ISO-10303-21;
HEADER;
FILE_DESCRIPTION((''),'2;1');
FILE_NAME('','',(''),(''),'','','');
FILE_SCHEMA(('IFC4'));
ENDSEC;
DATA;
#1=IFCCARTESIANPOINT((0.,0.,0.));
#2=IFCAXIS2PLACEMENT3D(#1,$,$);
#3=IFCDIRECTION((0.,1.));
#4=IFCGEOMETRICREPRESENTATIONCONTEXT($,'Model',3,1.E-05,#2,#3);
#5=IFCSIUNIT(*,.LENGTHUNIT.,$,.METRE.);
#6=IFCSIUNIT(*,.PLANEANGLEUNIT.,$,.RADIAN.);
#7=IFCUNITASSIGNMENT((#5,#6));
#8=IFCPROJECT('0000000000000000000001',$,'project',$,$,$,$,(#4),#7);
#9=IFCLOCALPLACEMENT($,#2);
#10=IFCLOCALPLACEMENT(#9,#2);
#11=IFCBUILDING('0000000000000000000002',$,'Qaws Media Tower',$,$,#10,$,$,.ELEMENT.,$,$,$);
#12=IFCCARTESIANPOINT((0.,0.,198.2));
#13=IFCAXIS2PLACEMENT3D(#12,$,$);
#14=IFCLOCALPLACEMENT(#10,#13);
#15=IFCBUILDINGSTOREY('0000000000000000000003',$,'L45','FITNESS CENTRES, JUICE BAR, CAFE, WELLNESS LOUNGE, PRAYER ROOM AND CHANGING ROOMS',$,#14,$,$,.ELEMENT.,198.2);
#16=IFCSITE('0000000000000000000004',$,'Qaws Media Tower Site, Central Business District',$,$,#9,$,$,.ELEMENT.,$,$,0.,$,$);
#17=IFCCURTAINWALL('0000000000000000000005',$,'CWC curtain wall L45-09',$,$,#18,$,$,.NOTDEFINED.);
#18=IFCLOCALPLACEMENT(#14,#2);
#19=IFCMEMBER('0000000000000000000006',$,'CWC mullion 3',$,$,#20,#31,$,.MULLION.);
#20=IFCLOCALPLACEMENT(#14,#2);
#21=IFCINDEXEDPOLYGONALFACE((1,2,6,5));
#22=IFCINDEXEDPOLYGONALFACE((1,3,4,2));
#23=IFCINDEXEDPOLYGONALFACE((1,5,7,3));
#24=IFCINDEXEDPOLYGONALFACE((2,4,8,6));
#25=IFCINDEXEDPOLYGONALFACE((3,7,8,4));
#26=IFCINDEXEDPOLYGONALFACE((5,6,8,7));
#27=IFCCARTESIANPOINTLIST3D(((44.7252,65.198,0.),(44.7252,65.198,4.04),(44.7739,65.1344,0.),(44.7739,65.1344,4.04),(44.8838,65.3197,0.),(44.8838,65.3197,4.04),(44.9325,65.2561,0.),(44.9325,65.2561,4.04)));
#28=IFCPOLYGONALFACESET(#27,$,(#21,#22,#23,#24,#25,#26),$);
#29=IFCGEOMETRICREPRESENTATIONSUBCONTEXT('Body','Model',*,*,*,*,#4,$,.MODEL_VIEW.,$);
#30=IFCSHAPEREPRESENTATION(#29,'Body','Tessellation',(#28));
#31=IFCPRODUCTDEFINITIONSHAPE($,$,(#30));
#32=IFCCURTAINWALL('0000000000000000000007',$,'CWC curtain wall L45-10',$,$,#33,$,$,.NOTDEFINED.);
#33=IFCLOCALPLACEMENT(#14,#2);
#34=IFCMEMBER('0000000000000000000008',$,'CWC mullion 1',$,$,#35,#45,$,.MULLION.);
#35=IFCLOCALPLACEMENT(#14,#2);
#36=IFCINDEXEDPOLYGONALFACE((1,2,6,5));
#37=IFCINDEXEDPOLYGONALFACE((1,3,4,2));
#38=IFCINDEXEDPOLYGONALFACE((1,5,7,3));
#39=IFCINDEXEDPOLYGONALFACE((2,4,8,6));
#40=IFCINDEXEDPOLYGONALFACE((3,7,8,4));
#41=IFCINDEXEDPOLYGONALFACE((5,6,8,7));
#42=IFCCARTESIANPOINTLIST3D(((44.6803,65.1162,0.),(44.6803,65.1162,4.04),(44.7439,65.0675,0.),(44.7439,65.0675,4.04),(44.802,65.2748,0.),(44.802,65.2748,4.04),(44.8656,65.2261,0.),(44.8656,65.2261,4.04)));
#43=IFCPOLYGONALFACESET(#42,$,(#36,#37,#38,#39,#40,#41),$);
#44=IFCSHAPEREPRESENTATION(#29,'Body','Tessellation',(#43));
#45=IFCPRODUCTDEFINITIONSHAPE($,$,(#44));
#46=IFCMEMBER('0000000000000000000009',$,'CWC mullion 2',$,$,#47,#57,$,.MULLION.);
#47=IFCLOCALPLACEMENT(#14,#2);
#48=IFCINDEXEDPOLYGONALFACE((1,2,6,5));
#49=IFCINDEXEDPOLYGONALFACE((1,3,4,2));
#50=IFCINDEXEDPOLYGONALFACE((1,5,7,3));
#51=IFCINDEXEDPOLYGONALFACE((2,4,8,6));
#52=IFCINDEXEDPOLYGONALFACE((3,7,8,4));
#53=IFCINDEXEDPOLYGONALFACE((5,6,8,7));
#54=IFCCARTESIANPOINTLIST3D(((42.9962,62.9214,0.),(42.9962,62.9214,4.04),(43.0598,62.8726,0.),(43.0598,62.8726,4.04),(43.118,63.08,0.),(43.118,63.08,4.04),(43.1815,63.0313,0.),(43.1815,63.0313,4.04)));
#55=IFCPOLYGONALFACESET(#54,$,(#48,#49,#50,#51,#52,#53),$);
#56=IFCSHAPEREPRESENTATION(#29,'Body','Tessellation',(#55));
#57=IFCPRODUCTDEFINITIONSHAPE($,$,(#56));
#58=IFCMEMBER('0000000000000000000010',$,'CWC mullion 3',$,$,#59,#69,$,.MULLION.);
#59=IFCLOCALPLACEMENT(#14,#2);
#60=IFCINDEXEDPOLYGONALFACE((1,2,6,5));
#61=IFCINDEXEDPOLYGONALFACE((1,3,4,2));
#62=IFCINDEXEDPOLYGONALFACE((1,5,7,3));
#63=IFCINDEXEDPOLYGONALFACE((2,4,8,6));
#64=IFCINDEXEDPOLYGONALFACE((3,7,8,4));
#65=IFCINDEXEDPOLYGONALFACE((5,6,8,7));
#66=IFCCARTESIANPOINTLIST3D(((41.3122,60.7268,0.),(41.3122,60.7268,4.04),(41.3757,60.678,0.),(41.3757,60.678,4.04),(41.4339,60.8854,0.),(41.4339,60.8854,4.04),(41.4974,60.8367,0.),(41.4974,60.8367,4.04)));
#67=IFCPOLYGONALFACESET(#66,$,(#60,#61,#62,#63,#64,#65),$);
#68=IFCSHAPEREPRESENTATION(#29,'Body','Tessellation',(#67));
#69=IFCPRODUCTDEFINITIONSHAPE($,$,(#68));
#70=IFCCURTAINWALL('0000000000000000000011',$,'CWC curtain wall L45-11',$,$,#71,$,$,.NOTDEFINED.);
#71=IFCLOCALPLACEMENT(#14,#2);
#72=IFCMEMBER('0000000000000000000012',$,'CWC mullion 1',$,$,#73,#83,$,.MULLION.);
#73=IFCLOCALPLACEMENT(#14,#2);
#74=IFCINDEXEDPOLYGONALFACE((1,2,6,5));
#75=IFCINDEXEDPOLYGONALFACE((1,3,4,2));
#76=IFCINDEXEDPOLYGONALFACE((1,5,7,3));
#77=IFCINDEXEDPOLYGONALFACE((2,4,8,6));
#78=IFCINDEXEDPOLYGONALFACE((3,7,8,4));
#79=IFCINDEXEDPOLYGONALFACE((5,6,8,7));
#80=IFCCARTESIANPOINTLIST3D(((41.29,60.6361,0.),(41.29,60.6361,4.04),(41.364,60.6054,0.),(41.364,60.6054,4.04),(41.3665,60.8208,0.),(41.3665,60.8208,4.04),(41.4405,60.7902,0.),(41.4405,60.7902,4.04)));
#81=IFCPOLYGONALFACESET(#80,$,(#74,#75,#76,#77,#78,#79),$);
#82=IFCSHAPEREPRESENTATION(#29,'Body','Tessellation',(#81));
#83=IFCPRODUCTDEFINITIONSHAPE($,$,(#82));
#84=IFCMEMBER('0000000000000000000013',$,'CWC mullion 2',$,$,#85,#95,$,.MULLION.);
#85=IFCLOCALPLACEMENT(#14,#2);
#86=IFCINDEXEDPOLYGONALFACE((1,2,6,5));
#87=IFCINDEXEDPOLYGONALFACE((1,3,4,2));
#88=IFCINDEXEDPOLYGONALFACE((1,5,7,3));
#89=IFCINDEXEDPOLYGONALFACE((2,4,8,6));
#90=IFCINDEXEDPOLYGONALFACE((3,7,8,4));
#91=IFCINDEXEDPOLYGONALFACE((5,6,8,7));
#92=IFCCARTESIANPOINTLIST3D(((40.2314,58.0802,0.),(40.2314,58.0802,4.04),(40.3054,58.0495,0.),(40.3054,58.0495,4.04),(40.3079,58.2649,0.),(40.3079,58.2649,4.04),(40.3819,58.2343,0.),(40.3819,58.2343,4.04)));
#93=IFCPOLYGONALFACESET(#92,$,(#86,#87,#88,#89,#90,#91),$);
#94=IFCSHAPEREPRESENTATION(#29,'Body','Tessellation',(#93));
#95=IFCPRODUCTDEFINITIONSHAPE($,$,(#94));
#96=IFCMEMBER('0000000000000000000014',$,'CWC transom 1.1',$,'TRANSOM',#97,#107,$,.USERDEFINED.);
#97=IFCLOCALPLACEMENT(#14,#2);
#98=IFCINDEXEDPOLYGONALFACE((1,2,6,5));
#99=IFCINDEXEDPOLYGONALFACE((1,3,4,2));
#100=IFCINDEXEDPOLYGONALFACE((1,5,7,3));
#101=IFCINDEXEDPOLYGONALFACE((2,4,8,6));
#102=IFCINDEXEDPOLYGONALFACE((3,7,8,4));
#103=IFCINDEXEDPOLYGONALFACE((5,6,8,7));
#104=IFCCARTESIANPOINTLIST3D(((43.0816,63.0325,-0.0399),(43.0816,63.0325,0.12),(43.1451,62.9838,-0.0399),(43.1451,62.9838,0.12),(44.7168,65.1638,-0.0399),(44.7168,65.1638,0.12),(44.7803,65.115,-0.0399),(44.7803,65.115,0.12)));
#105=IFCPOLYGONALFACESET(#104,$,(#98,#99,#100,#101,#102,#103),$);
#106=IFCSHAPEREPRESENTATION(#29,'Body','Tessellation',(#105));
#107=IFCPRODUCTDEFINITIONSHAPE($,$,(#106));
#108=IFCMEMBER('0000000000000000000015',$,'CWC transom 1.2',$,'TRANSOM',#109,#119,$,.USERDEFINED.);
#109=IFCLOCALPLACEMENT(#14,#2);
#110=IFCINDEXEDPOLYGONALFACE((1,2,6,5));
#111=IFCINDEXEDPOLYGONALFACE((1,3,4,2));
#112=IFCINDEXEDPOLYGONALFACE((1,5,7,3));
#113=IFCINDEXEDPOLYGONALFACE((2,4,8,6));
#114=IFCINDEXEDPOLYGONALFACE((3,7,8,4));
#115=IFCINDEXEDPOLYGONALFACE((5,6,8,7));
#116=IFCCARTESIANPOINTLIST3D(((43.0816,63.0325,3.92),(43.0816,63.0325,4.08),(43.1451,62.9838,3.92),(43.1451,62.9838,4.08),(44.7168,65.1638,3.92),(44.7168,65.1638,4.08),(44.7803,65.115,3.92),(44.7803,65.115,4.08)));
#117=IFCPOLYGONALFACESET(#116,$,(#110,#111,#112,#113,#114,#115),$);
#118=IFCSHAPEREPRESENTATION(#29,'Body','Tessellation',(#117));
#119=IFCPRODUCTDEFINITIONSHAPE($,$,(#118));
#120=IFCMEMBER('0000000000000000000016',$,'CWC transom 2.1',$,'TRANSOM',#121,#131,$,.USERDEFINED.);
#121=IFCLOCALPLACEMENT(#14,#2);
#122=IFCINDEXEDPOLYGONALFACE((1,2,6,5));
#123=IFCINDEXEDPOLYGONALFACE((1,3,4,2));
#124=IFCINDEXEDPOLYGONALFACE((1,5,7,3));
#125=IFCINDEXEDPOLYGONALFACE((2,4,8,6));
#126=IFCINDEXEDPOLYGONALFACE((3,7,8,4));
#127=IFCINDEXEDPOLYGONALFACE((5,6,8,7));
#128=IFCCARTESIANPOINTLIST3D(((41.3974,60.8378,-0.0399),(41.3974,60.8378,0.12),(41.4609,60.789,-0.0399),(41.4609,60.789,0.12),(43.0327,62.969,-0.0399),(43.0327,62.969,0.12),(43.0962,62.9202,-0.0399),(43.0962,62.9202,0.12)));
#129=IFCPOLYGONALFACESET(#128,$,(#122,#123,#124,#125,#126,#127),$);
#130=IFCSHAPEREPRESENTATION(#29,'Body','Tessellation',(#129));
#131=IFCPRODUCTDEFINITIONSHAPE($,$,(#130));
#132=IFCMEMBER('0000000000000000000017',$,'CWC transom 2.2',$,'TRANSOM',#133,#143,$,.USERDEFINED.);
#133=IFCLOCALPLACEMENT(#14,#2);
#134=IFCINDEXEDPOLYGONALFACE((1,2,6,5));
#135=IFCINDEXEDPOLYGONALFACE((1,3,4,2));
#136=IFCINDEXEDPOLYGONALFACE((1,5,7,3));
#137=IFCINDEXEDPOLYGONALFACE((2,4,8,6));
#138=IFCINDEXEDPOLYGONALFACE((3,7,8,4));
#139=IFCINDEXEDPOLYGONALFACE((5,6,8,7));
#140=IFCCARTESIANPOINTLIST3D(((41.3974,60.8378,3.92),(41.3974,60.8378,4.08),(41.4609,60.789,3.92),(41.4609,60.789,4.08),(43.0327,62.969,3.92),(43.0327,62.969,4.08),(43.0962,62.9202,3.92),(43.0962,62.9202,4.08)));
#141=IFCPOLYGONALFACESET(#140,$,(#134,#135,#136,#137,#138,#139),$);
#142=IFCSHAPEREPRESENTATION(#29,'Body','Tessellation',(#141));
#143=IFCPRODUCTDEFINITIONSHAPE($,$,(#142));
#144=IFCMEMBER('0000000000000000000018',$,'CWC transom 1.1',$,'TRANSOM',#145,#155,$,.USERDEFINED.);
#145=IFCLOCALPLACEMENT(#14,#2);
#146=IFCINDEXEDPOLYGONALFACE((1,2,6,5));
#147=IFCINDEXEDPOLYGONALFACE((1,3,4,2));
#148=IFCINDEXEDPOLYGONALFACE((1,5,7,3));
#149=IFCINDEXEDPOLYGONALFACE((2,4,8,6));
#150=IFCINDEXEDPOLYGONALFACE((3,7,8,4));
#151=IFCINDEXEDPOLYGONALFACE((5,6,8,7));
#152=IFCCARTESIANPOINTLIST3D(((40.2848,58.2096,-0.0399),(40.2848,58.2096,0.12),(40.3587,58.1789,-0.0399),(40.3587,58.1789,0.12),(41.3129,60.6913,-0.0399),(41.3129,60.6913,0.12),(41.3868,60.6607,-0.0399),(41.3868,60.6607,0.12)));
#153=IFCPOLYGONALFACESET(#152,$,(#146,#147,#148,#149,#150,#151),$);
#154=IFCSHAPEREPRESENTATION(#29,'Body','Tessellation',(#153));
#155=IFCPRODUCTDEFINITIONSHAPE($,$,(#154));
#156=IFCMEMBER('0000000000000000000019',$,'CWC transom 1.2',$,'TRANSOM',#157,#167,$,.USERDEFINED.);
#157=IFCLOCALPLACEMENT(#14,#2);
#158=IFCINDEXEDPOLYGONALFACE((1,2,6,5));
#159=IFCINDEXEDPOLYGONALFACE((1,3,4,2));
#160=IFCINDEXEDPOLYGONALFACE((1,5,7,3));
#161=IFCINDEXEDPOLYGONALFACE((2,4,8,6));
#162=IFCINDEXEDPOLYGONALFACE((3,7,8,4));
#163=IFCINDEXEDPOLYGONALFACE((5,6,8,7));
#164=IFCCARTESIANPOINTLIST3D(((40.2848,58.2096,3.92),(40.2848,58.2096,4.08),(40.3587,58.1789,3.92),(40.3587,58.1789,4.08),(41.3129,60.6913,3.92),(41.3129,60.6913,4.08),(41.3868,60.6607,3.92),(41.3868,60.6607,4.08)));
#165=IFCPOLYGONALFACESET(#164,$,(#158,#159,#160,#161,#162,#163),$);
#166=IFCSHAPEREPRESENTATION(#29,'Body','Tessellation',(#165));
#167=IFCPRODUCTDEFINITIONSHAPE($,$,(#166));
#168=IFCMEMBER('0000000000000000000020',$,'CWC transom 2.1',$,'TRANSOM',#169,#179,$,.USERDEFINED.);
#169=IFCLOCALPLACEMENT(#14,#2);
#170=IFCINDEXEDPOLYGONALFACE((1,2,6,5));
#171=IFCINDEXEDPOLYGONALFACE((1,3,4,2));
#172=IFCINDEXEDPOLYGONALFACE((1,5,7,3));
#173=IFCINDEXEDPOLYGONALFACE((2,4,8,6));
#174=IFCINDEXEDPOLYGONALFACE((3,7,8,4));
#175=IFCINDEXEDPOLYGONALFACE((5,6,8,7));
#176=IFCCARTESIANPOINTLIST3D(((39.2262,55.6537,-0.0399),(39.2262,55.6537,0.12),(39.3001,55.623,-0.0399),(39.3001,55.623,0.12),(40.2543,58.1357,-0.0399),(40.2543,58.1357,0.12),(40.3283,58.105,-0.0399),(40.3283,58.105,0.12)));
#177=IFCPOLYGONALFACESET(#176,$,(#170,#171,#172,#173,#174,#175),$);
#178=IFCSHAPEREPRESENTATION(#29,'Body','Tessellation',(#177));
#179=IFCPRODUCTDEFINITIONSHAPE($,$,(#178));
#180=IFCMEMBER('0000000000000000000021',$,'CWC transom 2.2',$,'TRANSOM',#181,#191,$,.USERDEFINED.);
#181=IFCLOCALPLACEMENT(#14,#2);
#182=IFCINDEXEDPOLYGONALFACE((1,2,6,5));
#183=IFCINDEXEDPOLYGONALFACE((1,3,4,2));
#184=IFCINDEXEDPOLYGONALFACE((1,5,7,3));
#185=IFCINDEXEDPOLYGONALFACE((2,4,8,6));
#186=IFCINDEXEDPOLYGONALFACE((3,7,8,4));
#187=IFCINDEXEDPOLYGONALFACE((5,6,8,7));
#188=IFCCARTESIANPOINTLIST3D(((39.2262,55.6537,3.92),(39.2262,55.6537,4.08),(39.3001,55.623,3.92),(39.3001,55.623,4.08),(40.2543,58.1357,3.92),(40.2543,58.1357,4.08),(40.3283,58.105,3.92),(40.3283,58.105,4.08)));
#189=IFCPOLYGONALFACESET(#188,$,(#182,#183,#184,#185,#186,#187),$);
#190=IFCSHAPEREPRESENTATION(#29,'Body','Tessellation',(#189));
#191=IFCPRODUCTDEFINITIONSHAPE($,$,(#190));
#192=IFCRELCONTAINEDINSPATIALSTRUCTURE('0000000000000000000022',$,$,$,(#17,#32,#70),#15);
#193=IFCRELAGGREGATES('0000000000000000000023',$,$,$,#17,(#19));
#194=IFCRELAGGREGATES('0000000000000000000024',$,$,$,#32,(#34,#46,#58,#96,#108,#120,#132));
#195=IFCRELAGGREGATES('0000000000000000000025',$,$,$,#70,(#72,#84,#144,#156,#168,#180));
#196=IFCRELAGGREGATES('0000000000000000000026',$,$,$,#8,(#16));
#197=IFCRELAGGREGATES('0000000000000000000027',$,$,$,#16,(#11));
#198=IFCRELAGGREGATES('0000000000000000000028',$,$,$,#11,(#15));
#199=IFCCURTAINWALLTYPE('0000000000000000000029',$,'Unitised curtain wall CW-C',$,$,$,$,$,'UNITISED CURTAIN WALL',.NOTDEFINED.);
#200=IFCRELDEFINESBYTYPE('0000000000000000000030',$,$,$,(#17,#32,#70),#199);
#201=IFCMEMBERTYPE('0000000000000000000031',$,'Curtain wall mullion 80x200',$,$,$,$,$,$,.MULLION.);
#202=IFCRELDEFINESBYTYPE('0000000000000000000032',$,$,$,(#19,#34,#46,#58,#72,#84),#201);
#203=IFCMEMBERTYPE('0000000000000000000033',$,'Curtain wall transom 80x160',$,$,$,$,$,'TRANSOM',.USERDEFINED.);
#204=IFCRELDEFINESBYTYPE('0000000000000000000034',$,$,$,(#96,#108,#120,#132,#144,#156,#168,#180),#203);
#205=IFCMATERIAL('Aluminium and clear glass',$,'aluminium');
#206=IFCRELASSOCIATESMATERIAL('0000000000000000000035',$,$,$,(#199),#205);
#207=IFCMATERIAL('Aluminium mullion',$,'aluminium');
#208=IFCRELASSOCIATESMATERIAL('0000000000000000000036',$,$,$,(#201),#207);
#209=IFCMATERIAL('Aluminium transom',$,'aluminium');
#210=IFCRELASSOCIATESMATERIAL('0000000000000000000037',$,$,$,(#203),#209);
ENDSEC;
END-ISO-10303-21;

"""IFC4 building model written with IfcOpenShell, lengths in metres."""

from ifc_helpers import new_model, si_unit, direction, frame, origin, origin_2d, place, context, subcontext, project, spatial, rectangle, extrude, material, material_profile, profile_set, type_object, element, aggregate, save


model = new_model("IFC4")

# Units and contexts
model_context = context("Model", 3, precision=1e-05, world=origin(), true_north=direction((0.0, 1.0)))
body_context = subcontext(model_context, "Body", "Model", "MODEL_VIEW")
ifc_project = project(units=[si_unit("LENGTHUNIT", "METRE"), si_unit("PLANEANGLEUNIT", "RADIAN")], contexts=[model_context])

# Site, building, storey
site_placement = place(None, origin())
site = spatial("IfcSite", under=ifc_project, at=site_placement, Name="Qaws Media Tower Site, Central Business District", CompositionType="ELEMENT", RefElevation=0.0)
building_placement = place(site_placement, origin())
building = spatial("IfcBuilding", under=site, at=building_placement, Name="Qaws Media Tower", CompositionType="ELEMENT")
storey_placement = place(building_placement, frame((0.0, 0.0, 198.2)))
storey = spatial("IfcBuildingStorey", under=building, at=storey_placement, Name="L45", Description="FITNESS CENTRES, JUICE BAR, CAFE, WELLNESS LOUNGE, PRAYER ROOM AND CHANGING ROOMS", CompositionType="ELEMENT", Elevation=198.2)

# Curtain wall, member
ifc_material_1 = material(Name="Aluminium and clear glass", Category="aluminium")
curtain_wall_type = type_object("IfcCurtainWallType", Name="Unitised curtain wall CW-C", ElementType="UNITISED CURTAIN WALL", PredefinedType="NOTDEFINED", material=ifc_material_1)
curtain_wall_1_placement = place(storey_placement, origin())
curtain_wall_1 = element("IfcCurtainWall", 1, at=curtain_wall_1_placement, inside=storey, type_object=curtain_wall_type, Name="CWC curtain wall L45-09", PredefinedType="NOTDEFINED")
ifc_material_2 = material(Name="Aluminium mullion", Category="aluminium")
ifc_material_profile_1 = material_profile(ifc_material_2, rectangle(XDim=0.0801, YDim=0.2, at=origin_2d()), Name="80x200")
ifc_profile_set_1 = profile_set([ifc_material_profile_1], Name="Aluminium mullion")
member_type_1 = type_object("IfcMemberType", Name="Curtain wall mullion 80x200", PredefinedType="MULLION", material=ifc_profile_set_1)
member_1_placement = place(storey_placement, frame((44.8289, 65.2271, 0.0), z_axis=(0.0, 0.0, 1.0), x_axis=(0.608761, -0.793353, 0.0)))
member_1 = element("IfcMember", 2, at=member_1_placement, type_object=member_type_1, Name="CWC mullion 3", PredefinedType="MULLION", context=body_context, shape_type="SweptSolid", body=[
    extrude(rectangle(XDim=0.0801, YDim=0.2, at=origin_2d()), origin(), (0.0, 0.0, 1.0), 4.04),
])
aggregate(curtain_wall_1, [member_1])

# Curtain walls, members
curtain_wall_2_placement = place(storey_placement, origin())
curtain_wall_2 = element("IfcCurtainWall", 3, at=curtain_wall_2_placement, inside=storey, type_object=curtain_wall_type, Name="CWC curtain wall L45-10", PredefinedType="NOTDEFINED")
member_2_placement = place(storey_placement, frame((44.7729, 65.1711, 0.0), z_axis=(0.0, 0.0, 1.0), x_axis=(0.793353, -0.608761, 0.0)))
member_2 = element("IfcMember", 4, at=member_2_placement, type_object=member_type_1, Name="CWC mullion 1", PredefinedType="MULLION", context=body_context, shape_type="SweptSolid", body=[
    extrude(rectangle(XDim=0.0801, YDim=0.2, at=origin_2d()), origin(), (0.0, 0.0, 1.0), 4.04),
])
member_3_placement = place(storey_placement, frame((43.0889, 62.9763, 0.0), z_axis=(0.0, 0.0, 1.0), x_axis=(0.793353, -0.608761, 0.0)))
member_3 = element("IfcMember", 5, at=member_3_placement, type_object=member_type_1, Name="CWC mullion 2", PredefinedType="MULLION", context=body_context, shape_type="SweptSolid", body=[
    extrude(rectangle(XDim=0.0801, YDim=0.2, at=origin_2d()), origin(), (0.0, 0.0, 1.0), 4.04),
])
member_4_placement = place(storey_placement, frame((41.4048, 60.7817, 0.0), z_axis=(0.0, 0.0, 1.0), x_axis=(0.793353, -0.608761, 0.0)))
member_4 = element("IfcMember", 6, at=member_4_placement, type_object=member_type_1, Name="CWC mullion 3", PredefinedType="MULLION", context=body_context, shape_type="SweptSolid", body=[
    extrude(rectangle(XDim=0.0801, YDim=0.2, at=origin_2d()), origin(), (0.0, 0.0, 1.0), 4.04),
])
curtain_wall_3_placement = place(storey_placement, origin())
curtain_wall_3 = element("IfcCurtainWall", 7, at=curtain_wall_3_placement, inside=storey, type_object=curtain_wall_type, Name="CWC curtain wall L45-11", PredefinedType="NOTDEFINED")
member_5_placement = place(storey_placement, frame((41.3652, 60.7131, 0.0), z_axis=(0.0, 0.0, 1.0), x_axis=(0.92388, -0.382683, 0.0)))
member_5 = element("IfcMember", 8, at=member_5_placement, type_object=member_type_1, Name="CWC mullion 1", PredefinedType="MULLION", context=body_context, shape_type="SweptSolid", body=[
    extrude(rectangle(XDim=0.0801, YDim=0.2, at=origin_2d()), origin(), (0.0, 0.0, 1.0), 4.04),
])
member_6_placement = place(storey_placement, frame((40.3066, 58.1572, 0.0), z_axis=(0.0, 0.0, 1.0), x_axis=(0.92388, -0.382683, 0.0)))
member_6 = element("IfcMember", 9, at=member_6_placement, type_object=member_type_1, Name="CWC mullion 2", PredefinedType="MULLION", context=body_context, shape_type="SweptSolid", body=[
    extrude(rectangle(XDim=0.0801, YDim=0.2, at=origin_2d()), origin(), (0.0, 0.0, 1.0), 4.04),
])

# Members
ifc_material_3 = material(Name="Aluminium transom", Category="aluminium")
ifc_material_profile_2 = material_profile(ifc_material_3, rectangle(XDim=0.0801, YDim=0.1599, at=origin_2d()), Name="80x160")
ifc_profile_set_2 = profile_set([ifc_material_profile_2], Name="Aluminium transom")
member_type_2 = type_object("IfcMemberType", Name="Curtain wall transom 80x160", ElementType="TRANSOM", PredefinedType="USERDEFINED", material=ifc_profile_set_2)
member_7_placement = place(storey_placement, frame((44.7485, 65.1394, 0.04), z_axis=(-0.608718, -0.793387, 0.0), x_axis=(0.793387, -0.608718, 0.0)))
member_7 = element("IfcMember", 10, at=member_7_placement, type_object=member_type_2, Name="CWC transom 1.1", ObjectType="TRANSOM", PredefinedType="USERDEFINED", context=body_context, shape_type="SweptSolid", body=[
    extrude(rectangle(XDim=0.0801, YDim=0.1599, at=origin_2d()), origin(), (0.0, 0.0, 1.0), 2.6863),
])
member_8_placement = place(storey_placement, frame((44.7485, 65.1394, 4.0), z_axis=(-0.608718, -0.793387, 0.0), x_axis=(0.793387, -0.608718, 0.0)))
member_8 = element("IfcMember", 11, at=member_8_placement, type_object=member_type_2, Name="CWC transom 1.2", ObjectType="TRANSOM", PredefinedType="USERDEFINED", context=body_context, shape_type="SweptSolid", body=[
    extrude(rectangle(XDim=0.0801, YDim=0.1599, at=origin_2d()), origin(), (0.0, 0.0, 1.0), 2.6863),
])
member_9_placement = place(storey_placement, frame((43.0645, 62.9446, 0.04), z_axis=(-0.608762, -0.793353, 0.0), x_axis=(0.793353, -0.608762, 0.0)))
member_9 = element("IfcMember", 12, at=member_9_placement, type_object=member_type_2, Name="CWC transom 2.1", ObjectType="TRANSOM", PredefinedType="USERDEFINED", context=body_context, shape_type="SweptSolid", body=[
    extrude(rectangle(XDim=0.0801, YDim=0.1599, at=origin_2d()), origin(), (0.0, 0.0, 1.0), 2.6863),
])
member_10_placement = place(storey_placement, frame((43.0645, 62.9446, 4.0), z_axis=(-0.608762, -0.793353, 0.0), x_axis=(0.793353, -0.608762, 0.0)))
member_10 = element("IfcMember", 13, at=member_10_placement, type_object=member_type_2, Name="CWC transom 2.2", ObjectType="TRANSOM", PredefinedType="USERDEFINED", context=body_context, shape_type="SweptSolid", body=[
    extrude(rectangle(XDim=0.0801, YDim=0.1599, at=origin_2d()), origin(), (0.0, 0.0, 1.0), 2.6863),
])
member_11_placement = place(storey_placement, frame((41.3499, 60.676, 0.04), z_axis=(-0.382724, -0.923863, 0.0), x_axis=(0.923863, -0.382724, 0.0)))
member_11 = element("IfcMember", 14, at=member_11_placement, type_object=member_type_2, Name="CWC transom 1.1", ObjectType="TRANSOM", PredefinedType="USERDEFINED", context=body_context, shape_type="SweptSolid", body=[
    extrude(rectangle(XDim=0.0801, YDim=0.1599, at=origin_2d()), origin(), (0.0, 0.0, 1.0), 2.6863),
])
member_12_placement = place(storey_placement, frame((41.3499, 60.676, 4.0), z_axis=(-0.382724, -0.923863, 0.0), x_axis=(0.923863, -0.382724, 0.0)))
member_12 = element("IfcMember", 15, at=member_12_placement, type_object=member_type_2, Name="CWC transom 1.2", ObjectType="TRANSOM", PredefinedType="USERDEFINED", context=body_context, shape_type="SweptSolid", body=[
    extrude(rectangle(XDim=0.0801, YDim=0.1599, at=origin_2d()), origin(), (0.0, 0.0, 1.0), 2.6863),
])
member_13_placement = place(storey_placement, frame((40.2913, 58.1204, 0.04), z_axis=(-0.382692, -0.923876, 0.0), x_axis=(0.923876, -0.382692, 0.0)))
member_13 = element("IfcMember", 16, at=member_13_placement, type_object=member_type_2, Name="CWC transom 2.1", ObjectType="TRANSOM", PredefinedType="USERDEFINED", context=body_context, shape_type="SweptSolid", body=[
    extrude(rectangle(XDim=0.0801, YDim=0.1599, at=origin_2d()), origin(), (0.0, 0.0, 1.0), 2.6865),
])
member_14_placement = place(storey_placement, frame((40.2913, 58.1204, 4.0), z_axis=(-0.382692, -0.923876, 0.0), x_axis=(0.923876, -0.382692, 0.0)))
member_14 = element("IfcMember", 17, at=member_14_placement, type_object=member_type_2, Name="CWC transom 2.2", ObjectType="TRANSOM", PredefinedType="USERDEFINED", context=body_context, shape_type="SweptSolid", body=[
    extrude(rectangle(XDim=0.0801, YDim=0.1599, at=origin_2d()), origin(), (0.0, 0.0, 1.0), 2.6865),
])

aggregate(curtain_wall_2, [member_2, member_3, member_4, member_7, member_8, member_9, member_10])
aggregate(curtain_wall_3, [member_5, member_6, member_11, member_12, member_13, member_14])

save(model, "model.ifc")
